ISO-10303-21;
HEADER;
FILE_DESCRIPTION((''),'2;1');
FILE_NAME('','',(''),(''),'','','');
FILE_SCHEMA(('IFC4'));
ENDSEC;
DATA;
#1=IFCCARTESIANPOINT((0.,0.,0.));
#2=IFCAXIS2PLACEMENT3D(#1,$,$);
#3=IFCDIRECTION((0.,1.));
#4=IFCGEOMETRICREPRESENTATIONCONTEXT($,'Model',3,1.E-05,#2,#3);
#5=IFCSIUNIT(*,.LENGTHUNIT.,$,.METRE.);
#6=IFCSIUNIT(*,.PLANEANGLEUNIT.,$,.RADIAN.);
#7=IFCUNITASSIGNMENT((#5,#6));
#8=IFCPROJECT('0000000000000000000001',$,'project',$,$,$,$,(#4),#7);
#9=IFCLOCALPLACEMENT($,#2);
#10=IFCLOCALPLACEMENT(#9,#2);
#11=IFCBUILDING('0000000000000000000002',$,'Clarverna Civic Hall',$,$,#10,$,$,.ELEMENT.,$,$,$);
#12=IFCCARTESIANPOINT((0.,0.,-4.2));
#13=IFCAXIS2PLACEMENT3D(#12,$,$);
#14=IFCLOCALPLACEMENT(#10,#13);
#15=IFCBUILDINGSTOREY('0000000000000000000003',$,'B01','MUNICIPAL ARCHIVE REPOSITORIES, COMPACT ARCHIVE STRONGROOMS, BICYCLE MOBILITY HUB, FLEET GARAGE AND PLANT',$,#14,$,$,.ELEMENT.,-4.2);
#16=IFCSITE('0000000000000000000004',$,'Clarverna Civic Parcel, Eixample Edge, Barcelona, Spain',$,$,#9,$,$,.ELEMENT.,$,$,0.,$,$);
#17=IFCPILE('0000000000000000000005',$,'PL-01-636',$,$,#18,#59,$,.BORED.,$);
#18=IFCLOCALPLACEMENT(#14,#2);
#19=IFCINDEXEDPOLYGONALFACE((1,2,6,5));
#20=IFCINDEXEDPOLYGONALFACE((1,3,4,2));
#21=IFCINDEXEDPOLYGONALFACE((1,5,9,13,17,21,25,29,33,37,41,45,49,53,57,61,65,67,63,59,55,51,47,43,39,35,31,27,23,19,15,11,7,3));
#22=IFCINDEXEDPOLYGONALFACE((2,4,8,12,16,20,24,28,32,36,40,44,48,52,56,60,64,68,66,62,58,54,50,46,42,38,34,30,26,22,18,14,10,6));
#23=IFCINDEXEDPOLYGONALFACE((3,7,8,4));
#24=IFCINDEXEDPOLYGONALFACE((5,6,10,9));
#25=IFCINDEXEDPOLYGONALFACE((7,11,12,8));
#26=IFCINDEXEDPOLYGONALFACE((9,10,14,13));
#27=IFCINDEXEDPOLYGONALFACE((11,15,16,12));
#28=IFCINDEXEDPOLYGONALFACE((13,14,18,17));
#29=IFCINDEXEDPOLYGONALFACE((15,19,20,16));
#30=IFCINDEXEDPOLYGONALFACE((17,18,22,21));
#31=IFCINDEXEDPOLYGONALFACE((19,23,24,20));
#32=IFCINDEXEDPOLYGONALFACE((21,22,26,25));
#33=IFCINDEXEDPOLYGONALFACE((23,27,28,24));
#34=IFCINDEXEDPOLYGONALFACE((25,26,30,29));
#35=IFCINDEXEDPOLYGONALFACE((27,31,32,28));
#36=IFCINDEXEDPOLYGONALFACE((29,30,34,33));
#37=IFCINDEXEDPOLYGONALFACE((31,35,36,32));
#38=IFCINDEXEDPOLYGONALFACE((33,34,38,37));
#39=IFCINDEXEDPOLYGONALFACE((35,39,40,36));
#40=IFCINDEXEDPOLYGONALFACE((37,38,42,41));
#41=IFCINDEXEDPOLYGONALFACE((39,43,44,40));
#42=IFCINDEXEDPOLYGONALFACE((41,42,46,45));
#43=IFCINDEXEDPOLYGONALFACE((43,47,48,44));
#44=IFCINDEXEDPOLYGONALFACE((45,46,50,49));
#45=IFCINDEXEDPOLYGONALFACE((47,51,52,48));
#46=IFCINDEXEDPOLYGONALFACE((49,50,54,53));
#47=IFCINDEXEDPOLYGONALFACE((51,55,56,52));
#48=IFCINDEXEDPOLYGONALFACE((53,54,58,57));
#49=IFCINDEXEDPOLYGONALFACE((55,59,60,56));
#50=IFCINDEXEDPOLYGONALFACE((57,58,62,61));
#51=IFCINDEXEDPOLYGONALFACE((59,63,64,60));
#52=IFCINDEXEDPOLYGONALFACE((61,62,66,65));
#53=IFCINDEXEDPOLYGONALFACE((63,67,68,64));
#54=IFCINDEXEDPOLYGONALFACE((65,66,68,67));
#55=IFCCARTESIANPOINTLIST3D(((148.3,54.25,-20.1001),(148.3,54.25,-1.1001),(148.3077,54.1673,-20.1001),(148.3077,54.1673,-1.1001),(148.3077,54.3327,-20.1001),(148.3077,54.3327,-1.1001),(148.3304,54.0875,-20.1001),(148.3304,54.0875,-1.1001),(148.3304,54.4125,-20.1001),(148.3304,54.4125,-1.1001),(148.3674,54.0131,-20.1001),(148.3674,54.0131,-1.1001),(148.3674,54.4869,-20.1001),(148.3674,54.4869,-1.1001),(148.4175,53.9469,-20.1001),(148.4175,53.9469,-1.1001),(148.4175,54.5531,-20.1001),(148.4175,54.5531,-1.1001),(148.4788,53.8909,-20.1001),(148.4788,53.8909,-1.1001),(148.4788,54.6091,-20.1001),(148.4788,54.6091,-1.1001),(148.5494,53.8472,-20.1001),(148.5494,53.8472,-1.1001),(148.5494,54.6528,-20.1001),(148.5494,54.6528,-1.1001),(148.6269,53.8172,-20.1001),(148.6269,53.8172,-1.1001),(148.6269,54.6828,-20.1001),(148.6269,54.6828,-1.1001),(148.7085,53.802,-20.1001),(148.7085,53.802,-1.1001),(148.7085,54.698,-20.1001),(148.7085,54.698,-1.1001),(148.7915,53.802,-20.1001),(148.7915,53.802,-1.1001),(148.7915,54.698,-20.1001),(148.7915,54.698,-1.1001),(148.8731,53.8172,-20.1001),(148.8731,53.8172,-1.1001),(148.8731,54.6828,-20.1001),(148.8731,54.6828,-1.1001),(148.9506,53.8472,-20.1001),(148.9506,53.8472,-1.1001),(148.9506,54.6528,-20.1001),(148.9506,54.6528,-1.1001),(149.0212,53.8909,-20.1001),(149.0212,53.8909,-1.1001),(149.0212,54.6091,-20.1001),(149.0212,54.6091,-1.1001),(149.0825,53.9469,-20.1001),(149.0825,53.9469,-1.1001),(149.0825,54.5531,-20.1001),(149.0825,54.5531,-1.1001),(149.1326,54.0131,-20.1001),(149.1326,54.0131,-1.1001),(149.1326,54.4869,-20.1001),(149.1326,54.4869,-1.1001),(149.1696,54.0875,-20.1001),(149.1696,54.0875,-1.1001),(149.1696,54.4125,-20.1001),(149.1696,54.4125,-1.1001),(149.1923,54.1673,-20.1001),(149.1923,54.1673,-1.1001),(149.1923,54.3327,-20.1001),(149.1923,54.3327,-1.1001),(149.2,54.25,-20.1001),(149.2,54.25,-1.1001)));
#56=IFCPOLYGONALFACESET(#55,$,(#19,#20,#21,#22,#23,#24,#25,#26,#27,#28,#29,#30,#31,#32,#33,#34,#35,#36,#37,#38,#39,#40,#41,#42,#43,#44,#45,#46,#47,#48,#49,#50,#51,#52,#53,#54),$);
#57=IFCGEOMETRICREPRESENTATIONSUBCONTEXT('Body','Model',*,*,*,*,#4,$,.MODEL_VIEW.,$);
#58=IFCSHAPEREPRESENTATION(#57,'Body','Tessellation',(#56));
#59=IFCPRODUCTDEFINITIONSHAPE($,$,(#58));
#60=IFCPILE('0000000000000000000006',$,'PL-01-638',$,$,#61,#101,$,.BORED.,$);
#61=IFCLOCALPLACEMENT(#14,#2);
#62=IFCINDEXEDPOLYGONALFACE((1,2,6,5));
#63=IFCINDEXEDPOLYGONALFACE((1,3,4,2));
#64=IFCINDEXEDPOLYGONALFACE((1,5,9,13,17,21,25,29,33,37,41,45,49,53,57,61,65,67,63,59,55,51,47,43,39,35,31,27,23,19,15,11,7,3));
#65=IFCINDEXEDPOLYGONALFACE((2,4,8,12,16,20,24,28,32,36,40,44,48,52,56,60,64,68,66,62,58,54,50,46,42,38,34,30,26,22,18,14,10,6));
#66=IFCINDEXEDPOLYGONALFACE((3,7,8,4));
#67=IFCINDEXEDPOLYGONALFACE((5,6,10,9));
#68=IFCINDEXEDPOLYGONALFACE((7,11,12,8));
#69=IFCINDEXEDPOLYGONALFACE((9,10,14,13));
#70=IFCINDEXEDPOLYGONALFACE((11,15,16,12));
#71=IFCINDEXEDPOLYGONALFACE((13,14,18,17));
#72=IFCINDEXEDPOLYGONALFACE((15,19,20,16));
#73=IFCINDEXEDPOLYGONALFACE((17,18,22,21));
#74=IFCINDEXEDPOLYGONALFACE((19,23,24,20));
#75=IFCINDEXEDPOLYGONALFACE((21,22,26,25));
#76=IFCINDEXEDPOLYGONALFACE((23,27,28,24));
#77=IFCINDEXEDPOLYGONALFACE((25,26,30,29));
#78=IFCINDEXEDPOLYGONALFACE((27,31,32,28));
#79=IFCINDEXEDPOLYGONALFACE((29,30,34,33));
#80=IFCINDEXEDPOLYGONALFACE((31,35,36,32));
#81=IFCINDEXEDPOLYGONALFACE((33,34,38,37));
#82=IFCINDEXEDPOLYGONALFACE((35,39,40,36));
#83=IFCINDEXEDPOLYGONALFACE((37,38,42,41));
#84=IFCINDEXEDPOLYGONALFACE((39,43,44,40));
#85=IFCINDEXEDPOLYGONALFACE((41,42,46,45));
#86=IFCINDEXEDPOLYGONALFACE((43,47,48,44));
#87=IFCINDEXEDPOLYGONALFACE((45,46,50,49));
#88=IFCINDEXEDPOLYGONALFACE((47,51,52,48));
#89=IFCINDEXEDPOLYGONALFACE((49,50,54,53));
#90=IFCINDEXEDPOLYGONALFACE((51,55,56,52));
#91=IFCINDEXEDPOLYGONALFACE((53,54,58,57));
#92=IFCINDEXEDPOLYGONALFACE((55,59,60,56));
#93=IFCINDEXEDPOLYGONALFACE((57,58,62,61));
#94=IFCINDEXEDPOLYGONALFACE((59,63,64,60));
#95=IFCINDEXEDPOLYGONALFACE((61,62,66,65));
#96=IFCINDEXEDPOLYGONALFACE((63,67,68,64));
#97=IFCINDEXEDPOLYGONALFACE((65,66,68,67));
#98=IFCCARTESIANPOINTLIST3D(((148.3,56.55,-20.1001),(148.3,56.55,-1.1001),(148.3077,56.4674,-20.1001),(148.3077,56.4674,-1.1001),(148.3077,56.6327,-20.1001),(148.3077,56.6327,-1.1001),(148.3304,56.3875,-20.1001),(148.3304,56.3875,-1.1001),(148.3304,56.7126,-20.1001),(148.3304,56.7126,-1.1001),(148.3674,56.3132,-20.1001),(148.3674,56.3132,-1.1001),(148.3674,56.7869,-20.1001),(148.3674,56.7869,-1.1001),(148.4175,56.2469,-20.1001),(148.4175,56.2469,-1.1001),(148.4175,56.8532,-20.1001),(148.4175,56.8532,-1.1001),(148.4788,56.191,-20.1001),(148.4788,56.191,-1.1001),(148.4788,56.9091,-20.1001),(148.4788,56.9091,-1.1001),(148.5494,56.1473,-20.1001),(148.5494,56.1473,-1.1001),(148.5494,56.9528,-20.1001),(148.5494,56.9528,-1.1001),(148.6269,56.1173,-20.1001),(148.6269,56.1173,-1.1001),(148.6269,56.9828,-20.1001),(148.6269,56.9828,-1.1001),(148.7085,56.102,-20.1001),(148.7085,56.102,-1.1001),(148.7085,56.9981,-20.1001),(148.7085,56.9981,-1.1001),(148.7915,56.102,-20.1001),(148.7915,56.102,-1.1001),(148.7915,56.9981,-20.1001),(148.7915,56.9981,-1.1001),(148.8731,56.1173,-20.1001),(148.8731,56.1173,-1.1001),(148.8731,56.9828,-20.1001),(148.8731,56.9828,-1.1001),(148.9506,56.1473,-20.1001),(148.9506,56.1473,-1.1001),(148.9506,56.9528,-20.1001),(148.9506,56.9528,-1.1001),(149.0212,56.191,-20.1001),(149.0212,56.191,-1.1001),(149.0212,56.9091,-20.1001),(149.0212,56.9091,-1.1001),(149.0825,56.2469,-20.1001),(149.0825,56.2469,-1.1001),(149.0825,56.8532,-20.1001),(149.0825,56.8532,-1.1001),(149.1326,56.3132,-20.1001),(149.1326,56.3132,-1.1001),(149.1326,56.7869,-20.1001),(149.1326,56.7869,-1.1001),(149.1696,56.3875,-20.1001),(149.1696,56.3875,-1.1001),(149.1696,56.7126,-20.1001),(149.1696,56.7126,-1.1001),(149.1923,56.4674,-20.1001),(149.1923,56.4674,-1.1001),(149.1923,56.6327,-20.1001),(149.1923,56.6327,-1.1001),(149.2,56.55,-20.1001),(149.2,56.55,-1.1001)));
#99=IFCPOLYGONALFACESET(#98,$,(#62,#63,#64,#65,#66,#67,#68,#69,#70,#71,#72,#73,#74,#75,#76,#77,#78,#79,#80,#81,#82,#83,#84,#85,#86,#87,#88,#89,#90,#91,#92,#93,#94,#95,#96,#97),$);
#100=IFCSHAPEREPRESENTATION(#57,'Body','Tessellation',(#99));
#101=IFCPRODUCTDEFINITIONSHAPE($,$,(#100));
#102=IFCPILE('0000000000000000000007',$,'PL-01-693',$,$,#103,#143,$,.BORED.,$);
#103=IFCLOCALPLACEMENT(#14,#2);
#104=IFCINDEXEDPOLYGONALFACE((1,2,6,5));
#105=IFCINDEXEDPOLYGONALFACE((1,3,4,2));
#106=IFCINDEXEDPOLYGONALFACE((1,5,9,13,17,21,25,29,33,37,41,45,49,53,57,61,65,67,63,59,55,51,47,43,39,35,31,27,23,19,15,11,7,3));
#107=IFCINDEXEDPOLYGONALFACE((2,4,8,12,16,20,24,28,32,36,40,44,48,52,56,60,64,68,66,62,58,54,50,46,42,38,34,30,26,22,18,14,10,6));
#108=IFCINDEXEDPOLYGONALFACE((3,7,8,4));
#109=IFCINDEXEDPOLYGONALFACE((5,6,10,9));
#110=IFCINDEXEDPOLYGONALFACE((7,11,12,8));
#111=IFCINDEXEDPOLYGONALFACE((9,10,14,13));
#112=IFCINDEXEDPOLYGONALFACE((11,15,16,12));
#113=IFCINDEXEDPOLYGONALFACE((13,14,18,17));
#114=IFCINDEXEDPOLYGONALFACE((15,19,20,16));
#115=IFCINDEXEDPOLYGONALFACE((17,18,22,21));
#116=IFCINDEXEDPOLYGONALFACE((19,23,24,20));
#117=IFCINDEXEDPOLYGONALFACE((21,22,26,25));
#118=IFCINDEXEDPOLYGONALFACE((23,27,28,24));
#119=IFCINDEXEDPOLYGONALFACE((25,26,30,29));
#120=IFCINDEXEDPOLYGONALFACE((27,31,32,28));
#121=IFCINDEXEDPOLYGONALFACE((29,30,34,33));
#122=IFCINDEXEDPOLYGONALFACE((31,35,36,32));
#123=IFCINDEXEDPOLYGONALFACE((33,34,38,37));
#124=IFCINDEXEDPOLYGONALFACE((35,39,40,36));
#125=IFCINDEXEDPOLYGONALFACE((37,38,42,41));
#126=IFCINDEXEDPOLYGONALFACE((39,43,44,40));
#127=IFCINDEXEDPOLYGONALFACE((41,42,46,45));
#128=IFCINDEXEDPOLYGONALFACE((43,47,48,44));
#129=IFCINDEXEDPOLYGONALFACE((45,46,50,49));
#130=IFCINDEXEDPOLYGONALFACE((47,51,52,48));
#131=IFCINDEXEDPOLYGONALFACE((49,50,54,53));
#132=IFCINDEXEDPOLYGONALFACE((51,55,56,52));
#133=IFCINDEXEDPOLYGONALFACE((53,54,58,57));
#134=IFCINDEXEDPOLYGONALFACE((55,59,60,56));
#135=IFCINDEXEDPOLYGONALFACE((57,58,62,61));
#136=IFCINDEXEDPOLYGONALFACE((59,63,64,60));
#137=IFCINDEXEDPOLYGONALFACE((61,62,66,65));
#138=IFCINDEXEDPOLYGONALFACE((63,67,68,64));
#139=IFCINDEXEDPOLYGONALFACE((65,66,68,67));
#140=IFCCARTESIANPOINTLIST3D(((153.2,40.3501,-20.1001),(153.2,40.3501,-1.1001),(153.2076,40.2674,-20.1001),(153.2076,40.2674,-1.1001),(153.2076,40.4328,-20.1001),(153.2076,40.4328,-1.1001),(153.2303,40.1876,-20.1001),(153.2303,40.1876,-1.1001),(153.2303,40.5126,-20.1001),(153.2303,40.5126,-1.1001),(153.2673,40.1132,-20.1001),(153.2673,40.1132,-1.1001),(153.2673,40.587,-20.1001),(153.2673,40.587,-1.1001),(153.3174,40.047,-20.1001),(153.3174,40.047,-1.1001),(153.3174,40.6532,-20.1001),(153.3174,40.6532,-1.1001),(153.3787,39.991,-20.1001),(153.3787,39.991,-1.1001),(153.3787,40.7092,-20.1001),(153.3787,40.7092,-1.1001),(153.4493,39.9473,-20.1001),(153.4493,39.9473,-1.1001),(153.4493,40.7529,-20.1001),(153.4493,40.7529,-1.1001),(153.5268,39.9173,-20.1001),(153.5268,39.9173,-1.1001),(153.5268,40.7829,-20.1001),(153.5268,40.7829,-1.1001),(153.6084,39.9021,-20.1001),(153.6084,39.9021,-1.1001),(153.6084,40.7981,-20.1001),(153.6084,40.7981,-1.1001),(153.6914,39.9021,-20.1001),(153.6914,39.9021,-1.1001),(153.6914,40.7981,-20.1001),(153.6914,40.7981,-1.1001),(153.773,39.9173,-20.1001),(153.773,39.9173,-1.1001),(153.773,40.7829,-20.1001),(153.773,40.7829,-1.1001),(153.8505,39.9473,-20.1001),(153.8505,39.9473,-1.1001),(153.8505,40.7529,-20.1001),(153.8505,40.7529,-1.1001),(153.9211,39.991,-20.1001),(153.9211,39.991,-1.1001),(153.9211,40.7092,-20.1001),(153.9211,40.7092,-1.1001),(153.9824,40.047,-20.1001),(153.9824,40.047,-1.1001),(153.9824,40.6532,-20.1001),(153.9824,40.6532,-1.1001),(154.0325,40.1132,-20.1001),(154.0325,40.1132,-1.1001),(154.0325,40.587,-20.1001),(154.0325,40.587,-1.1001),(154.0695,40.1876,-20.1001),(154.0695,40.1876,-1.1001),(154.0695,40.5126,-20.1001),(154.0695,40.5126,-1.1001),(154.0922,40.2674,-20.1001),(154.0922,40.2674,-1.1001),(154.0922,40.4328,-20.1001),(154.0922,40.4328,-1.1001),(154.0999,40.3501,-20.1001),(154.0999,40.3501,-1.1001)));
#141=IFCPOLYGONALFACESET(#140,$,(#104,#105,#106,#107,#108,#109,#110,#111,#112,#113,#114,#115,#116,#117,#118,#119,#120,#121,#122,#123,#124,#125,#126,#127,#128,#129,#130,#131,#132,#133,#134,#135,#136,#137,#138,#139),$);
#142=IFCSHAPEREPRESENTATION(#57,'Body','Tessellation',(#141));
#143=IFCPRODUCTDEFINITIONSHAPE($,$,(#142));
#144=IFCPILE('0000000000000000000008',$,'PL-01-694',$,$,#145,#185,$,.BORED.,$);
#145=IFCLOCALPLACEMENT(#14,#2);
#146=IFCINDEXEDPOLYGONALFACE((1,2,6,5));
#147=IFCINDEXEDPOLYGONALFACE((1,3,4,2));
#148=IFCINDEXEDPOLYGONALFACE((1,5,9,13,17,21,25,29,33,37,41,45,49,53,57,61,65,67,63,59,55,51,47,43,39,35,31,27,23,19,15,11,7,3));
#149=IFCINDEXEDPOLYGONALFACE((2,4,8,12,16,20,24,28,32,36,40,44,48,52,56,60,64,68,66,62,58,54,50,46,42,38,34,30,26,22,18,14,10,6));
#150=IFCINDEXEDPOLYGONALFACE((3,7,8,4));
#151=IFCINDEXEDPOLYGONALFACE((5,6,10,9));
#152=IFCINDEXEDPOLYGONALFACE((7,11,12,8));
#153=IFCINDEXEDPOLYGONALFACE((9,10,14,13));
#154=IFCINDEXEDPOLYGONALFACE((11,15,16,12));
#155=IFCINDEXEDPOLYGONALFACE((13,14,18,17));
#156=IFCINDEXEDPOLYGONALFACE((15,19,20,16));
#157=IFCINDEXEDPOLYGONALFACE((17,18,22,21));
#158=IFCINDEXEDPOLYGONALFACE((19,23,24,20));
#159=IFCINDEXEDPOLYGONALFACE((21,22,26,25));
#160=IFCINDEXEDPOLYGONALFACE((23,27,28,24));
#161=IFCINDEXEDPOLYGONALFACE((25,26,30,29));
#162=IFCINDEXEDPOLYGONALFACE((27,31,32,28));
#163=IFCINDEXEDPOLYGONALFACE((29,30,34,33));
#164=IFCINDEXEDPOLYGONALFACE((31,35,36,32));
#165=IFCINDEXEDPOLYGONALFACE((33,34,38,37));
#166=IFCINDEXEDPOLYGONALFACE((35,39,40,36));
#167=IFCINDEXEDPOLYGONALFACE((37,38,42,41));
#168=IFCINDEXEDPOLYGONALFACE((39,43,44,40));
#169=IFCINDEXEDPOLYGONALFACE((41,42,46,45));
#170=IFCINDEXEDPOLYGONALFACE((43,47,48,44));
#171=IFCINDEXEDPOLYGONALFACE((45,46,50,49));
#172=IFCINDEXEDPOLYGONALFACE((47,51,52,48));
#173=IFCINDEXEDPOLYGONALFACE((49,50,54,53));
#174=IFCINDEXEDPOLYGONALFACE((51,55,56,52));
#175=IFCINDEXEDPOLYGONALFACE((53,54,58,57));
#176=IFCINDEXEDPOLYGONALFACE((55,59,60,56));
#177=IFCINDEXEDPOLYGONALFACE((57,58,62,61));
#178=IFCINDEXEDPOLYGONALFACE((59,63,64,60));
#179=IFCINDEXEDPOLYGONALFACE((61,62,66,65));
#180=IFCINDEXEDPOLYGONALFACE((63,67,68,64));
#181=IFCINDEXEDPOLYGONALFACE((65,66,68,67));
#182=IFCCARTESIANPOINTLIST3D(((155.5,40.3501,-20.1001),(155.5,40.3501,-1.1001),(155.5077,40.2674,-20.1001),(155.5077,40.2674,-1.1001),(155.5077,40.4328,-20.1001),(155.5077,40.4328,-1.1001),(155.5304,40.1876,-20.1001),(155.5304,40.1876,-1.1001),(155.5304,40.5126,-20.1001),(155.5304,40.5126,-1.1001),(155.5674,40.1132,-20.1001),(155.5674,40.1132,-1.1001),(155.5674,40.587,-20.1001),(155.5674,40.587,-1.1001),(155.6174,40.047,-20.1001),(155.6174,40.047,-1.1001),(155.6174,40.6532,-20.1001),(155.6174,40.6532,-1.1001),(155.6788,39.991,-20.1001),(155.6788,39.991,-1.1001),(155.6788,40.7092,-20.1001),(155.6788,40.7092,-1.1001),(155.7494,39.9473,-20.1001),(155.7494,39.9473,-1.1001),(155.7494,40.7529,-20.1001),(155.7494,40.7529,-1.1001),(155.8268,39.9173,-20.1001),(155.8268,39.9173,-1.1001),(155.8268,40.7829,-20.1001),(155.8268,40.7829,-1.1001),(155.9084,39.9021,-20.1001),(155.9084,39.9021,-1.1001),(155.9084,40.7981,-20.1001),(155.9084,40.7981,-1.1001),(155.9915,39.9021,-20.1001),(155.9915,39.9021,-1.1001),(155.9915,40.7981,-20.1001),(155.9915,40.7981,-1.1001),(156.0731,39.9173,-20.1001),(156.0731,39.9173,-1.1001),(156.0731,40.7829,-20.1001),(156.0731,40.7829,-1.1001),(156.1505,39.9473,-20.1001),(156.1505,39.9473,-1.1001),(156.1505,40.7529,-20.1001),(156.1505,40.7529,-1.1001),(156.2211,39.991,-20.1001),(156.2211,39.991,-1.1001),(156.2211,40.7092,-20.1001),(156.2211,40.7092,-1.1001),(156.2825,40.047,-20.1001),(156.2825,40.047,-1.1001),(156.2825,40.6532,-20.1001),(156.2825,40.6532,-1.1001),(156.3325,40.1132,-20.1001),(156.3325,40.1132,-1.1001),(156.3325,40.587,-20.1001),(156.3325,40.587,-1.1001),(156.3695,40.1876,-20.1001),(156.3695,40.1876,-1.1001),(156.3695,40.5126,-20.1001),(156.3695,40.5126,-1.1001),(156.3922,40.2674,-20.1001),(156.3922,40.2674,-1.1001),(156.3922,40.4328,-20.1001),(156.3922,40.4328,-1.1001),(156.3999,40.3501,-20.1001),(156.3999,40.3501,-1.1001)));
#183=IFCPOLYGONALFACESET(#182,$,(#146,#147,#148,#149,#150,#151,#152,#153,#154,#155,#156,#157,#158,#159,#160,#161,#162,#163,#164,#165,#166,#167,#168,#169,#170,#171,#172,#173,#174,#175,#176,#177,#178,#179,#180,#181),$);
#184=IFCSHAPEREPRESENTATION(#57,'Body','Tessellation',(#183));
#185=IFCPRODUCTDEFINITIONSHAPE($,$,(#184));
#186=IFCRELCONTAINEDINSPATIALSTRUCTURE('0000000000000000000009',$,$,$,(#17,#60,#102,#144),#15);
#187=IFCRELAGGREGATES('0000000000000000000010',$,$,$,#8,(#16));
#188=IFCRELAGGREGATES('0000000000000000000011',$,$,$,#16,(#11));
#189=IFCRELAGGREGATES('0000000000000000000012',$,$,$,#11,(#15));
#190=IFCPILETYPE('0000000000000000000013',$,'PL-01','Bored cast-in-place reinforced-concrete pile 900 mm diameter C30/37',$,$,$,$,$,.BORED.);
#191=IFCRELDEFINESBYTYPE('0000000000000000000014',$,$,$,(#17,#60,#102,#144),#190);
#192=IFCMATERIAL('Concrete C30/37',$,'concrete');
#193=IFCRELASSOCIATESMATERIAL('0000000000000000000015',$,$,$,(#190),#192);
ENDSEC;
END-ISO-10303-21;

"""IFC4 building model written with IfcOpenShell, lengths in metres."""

from ifc_helpers import new_model, si_unit, direction, frame, origin, origin_2d, place, context, subcontext, project, spatial, circle, extrude, material, material_profile, profile_set, type_object, element, save


model = new_model("IFC4")

# Units and contexts
model_context = context("Model", 3, precision=1e-05, world=origin(), true_north=direction((0.0, 1.0)))
body_context = subcontext(model_context, "Body", "Model", "MODEL_VIEW")
ifc_project = project(units=[si_unit("LENGTHUNIT", "METRE"), si_unit("PLANEANGLEUNIT", "RADIAN")], contexts=[model_context])

# Site, building, storey
site_placement = place(None, origin())
site = spatial("IfcSite", under=ifc_project, at=site_placement, Name="Clarverna Civic Parcel, Eixample Edge, Barcelona, Spain", CompositionType="ELEMENT", RefElevation=0.0)
building_placement = place(site_placement, origin())
building = spatial("IfcBuilding", under=site, at=building_placement, Name="Clarverna Civic Hall", CompositionType="ELEMENT")
storey_placement = place(building_placement, frame((0.0, 0.0, -4.2)))
storey = spatial("IfcBuildingStorey", under=building, at=storey_placement, Name="B01", Description="MUNICIPAL ARCHIVE REPOSITORIES, COMPACT ARCHIVE STRONGROOMS, BICYCLE MOBILITY HUB, FLEET GARAGE AND PLANT", CompositionType="ELEMENT", Elevation=-4.2)

# Shared definitions
ifc_material_1 = material(Name="Concrete C30/37", Category="concrete")

# Piles
ifc_material_profile_1 = material_profile(ifc_material_1, circle(Radius=0.45, at=origin_2d()), Name="BORED PILE D900")
ifc_profile_set_1 = profile_set([ifc_material_profile_1], Name="Concrete C30/37")
pile_type = type_object("IfcPileType", Name="PL-01", Description="Bored cast-in-place reinforced-concrete pile 900 mm diameter C30/37", PredefinedType="BORED", material=ifc_profile_set_1)
for number, where, z_axis, x_axis, name in (
    (1, (148.75, 54.25, -1.1001), (0.0, 0.0, -1.0), (1.0, 0.0, 0.0), "PL-01-636"),
    (2, (148.75, 56.55, -1.1001), (0.0, 0.0, -1.0), (1.0, 0.0, 0.0), "PL-01-638"),
    (3, (153.6499, 40.3501, -1.1001), (0.0, 0.0, -1.0), (1.0, 0.0, 0.0), "PL-01-693"),
    (4, (155.95, 40.3501, -1.1001), (0.0, 0.0, -1.0), (1.0, 0.0, 0.0), "PL-01-694"),
):
    element("IfcPile", number, at=place(storey_placement, frame(where, z_axis=z_axis, x_axis=x_axis)), inside=storey, type_object=pile_type, Name=name, PredefinedType="BORED", context=body_context, shape_type="SweptSolid", body=[
        extrude(circle(Radius=0.45, at=origin_2d()), origin(), (0.0, 0.0, 1.0), 19.0),
    ])

save(model, "model.ifc")
